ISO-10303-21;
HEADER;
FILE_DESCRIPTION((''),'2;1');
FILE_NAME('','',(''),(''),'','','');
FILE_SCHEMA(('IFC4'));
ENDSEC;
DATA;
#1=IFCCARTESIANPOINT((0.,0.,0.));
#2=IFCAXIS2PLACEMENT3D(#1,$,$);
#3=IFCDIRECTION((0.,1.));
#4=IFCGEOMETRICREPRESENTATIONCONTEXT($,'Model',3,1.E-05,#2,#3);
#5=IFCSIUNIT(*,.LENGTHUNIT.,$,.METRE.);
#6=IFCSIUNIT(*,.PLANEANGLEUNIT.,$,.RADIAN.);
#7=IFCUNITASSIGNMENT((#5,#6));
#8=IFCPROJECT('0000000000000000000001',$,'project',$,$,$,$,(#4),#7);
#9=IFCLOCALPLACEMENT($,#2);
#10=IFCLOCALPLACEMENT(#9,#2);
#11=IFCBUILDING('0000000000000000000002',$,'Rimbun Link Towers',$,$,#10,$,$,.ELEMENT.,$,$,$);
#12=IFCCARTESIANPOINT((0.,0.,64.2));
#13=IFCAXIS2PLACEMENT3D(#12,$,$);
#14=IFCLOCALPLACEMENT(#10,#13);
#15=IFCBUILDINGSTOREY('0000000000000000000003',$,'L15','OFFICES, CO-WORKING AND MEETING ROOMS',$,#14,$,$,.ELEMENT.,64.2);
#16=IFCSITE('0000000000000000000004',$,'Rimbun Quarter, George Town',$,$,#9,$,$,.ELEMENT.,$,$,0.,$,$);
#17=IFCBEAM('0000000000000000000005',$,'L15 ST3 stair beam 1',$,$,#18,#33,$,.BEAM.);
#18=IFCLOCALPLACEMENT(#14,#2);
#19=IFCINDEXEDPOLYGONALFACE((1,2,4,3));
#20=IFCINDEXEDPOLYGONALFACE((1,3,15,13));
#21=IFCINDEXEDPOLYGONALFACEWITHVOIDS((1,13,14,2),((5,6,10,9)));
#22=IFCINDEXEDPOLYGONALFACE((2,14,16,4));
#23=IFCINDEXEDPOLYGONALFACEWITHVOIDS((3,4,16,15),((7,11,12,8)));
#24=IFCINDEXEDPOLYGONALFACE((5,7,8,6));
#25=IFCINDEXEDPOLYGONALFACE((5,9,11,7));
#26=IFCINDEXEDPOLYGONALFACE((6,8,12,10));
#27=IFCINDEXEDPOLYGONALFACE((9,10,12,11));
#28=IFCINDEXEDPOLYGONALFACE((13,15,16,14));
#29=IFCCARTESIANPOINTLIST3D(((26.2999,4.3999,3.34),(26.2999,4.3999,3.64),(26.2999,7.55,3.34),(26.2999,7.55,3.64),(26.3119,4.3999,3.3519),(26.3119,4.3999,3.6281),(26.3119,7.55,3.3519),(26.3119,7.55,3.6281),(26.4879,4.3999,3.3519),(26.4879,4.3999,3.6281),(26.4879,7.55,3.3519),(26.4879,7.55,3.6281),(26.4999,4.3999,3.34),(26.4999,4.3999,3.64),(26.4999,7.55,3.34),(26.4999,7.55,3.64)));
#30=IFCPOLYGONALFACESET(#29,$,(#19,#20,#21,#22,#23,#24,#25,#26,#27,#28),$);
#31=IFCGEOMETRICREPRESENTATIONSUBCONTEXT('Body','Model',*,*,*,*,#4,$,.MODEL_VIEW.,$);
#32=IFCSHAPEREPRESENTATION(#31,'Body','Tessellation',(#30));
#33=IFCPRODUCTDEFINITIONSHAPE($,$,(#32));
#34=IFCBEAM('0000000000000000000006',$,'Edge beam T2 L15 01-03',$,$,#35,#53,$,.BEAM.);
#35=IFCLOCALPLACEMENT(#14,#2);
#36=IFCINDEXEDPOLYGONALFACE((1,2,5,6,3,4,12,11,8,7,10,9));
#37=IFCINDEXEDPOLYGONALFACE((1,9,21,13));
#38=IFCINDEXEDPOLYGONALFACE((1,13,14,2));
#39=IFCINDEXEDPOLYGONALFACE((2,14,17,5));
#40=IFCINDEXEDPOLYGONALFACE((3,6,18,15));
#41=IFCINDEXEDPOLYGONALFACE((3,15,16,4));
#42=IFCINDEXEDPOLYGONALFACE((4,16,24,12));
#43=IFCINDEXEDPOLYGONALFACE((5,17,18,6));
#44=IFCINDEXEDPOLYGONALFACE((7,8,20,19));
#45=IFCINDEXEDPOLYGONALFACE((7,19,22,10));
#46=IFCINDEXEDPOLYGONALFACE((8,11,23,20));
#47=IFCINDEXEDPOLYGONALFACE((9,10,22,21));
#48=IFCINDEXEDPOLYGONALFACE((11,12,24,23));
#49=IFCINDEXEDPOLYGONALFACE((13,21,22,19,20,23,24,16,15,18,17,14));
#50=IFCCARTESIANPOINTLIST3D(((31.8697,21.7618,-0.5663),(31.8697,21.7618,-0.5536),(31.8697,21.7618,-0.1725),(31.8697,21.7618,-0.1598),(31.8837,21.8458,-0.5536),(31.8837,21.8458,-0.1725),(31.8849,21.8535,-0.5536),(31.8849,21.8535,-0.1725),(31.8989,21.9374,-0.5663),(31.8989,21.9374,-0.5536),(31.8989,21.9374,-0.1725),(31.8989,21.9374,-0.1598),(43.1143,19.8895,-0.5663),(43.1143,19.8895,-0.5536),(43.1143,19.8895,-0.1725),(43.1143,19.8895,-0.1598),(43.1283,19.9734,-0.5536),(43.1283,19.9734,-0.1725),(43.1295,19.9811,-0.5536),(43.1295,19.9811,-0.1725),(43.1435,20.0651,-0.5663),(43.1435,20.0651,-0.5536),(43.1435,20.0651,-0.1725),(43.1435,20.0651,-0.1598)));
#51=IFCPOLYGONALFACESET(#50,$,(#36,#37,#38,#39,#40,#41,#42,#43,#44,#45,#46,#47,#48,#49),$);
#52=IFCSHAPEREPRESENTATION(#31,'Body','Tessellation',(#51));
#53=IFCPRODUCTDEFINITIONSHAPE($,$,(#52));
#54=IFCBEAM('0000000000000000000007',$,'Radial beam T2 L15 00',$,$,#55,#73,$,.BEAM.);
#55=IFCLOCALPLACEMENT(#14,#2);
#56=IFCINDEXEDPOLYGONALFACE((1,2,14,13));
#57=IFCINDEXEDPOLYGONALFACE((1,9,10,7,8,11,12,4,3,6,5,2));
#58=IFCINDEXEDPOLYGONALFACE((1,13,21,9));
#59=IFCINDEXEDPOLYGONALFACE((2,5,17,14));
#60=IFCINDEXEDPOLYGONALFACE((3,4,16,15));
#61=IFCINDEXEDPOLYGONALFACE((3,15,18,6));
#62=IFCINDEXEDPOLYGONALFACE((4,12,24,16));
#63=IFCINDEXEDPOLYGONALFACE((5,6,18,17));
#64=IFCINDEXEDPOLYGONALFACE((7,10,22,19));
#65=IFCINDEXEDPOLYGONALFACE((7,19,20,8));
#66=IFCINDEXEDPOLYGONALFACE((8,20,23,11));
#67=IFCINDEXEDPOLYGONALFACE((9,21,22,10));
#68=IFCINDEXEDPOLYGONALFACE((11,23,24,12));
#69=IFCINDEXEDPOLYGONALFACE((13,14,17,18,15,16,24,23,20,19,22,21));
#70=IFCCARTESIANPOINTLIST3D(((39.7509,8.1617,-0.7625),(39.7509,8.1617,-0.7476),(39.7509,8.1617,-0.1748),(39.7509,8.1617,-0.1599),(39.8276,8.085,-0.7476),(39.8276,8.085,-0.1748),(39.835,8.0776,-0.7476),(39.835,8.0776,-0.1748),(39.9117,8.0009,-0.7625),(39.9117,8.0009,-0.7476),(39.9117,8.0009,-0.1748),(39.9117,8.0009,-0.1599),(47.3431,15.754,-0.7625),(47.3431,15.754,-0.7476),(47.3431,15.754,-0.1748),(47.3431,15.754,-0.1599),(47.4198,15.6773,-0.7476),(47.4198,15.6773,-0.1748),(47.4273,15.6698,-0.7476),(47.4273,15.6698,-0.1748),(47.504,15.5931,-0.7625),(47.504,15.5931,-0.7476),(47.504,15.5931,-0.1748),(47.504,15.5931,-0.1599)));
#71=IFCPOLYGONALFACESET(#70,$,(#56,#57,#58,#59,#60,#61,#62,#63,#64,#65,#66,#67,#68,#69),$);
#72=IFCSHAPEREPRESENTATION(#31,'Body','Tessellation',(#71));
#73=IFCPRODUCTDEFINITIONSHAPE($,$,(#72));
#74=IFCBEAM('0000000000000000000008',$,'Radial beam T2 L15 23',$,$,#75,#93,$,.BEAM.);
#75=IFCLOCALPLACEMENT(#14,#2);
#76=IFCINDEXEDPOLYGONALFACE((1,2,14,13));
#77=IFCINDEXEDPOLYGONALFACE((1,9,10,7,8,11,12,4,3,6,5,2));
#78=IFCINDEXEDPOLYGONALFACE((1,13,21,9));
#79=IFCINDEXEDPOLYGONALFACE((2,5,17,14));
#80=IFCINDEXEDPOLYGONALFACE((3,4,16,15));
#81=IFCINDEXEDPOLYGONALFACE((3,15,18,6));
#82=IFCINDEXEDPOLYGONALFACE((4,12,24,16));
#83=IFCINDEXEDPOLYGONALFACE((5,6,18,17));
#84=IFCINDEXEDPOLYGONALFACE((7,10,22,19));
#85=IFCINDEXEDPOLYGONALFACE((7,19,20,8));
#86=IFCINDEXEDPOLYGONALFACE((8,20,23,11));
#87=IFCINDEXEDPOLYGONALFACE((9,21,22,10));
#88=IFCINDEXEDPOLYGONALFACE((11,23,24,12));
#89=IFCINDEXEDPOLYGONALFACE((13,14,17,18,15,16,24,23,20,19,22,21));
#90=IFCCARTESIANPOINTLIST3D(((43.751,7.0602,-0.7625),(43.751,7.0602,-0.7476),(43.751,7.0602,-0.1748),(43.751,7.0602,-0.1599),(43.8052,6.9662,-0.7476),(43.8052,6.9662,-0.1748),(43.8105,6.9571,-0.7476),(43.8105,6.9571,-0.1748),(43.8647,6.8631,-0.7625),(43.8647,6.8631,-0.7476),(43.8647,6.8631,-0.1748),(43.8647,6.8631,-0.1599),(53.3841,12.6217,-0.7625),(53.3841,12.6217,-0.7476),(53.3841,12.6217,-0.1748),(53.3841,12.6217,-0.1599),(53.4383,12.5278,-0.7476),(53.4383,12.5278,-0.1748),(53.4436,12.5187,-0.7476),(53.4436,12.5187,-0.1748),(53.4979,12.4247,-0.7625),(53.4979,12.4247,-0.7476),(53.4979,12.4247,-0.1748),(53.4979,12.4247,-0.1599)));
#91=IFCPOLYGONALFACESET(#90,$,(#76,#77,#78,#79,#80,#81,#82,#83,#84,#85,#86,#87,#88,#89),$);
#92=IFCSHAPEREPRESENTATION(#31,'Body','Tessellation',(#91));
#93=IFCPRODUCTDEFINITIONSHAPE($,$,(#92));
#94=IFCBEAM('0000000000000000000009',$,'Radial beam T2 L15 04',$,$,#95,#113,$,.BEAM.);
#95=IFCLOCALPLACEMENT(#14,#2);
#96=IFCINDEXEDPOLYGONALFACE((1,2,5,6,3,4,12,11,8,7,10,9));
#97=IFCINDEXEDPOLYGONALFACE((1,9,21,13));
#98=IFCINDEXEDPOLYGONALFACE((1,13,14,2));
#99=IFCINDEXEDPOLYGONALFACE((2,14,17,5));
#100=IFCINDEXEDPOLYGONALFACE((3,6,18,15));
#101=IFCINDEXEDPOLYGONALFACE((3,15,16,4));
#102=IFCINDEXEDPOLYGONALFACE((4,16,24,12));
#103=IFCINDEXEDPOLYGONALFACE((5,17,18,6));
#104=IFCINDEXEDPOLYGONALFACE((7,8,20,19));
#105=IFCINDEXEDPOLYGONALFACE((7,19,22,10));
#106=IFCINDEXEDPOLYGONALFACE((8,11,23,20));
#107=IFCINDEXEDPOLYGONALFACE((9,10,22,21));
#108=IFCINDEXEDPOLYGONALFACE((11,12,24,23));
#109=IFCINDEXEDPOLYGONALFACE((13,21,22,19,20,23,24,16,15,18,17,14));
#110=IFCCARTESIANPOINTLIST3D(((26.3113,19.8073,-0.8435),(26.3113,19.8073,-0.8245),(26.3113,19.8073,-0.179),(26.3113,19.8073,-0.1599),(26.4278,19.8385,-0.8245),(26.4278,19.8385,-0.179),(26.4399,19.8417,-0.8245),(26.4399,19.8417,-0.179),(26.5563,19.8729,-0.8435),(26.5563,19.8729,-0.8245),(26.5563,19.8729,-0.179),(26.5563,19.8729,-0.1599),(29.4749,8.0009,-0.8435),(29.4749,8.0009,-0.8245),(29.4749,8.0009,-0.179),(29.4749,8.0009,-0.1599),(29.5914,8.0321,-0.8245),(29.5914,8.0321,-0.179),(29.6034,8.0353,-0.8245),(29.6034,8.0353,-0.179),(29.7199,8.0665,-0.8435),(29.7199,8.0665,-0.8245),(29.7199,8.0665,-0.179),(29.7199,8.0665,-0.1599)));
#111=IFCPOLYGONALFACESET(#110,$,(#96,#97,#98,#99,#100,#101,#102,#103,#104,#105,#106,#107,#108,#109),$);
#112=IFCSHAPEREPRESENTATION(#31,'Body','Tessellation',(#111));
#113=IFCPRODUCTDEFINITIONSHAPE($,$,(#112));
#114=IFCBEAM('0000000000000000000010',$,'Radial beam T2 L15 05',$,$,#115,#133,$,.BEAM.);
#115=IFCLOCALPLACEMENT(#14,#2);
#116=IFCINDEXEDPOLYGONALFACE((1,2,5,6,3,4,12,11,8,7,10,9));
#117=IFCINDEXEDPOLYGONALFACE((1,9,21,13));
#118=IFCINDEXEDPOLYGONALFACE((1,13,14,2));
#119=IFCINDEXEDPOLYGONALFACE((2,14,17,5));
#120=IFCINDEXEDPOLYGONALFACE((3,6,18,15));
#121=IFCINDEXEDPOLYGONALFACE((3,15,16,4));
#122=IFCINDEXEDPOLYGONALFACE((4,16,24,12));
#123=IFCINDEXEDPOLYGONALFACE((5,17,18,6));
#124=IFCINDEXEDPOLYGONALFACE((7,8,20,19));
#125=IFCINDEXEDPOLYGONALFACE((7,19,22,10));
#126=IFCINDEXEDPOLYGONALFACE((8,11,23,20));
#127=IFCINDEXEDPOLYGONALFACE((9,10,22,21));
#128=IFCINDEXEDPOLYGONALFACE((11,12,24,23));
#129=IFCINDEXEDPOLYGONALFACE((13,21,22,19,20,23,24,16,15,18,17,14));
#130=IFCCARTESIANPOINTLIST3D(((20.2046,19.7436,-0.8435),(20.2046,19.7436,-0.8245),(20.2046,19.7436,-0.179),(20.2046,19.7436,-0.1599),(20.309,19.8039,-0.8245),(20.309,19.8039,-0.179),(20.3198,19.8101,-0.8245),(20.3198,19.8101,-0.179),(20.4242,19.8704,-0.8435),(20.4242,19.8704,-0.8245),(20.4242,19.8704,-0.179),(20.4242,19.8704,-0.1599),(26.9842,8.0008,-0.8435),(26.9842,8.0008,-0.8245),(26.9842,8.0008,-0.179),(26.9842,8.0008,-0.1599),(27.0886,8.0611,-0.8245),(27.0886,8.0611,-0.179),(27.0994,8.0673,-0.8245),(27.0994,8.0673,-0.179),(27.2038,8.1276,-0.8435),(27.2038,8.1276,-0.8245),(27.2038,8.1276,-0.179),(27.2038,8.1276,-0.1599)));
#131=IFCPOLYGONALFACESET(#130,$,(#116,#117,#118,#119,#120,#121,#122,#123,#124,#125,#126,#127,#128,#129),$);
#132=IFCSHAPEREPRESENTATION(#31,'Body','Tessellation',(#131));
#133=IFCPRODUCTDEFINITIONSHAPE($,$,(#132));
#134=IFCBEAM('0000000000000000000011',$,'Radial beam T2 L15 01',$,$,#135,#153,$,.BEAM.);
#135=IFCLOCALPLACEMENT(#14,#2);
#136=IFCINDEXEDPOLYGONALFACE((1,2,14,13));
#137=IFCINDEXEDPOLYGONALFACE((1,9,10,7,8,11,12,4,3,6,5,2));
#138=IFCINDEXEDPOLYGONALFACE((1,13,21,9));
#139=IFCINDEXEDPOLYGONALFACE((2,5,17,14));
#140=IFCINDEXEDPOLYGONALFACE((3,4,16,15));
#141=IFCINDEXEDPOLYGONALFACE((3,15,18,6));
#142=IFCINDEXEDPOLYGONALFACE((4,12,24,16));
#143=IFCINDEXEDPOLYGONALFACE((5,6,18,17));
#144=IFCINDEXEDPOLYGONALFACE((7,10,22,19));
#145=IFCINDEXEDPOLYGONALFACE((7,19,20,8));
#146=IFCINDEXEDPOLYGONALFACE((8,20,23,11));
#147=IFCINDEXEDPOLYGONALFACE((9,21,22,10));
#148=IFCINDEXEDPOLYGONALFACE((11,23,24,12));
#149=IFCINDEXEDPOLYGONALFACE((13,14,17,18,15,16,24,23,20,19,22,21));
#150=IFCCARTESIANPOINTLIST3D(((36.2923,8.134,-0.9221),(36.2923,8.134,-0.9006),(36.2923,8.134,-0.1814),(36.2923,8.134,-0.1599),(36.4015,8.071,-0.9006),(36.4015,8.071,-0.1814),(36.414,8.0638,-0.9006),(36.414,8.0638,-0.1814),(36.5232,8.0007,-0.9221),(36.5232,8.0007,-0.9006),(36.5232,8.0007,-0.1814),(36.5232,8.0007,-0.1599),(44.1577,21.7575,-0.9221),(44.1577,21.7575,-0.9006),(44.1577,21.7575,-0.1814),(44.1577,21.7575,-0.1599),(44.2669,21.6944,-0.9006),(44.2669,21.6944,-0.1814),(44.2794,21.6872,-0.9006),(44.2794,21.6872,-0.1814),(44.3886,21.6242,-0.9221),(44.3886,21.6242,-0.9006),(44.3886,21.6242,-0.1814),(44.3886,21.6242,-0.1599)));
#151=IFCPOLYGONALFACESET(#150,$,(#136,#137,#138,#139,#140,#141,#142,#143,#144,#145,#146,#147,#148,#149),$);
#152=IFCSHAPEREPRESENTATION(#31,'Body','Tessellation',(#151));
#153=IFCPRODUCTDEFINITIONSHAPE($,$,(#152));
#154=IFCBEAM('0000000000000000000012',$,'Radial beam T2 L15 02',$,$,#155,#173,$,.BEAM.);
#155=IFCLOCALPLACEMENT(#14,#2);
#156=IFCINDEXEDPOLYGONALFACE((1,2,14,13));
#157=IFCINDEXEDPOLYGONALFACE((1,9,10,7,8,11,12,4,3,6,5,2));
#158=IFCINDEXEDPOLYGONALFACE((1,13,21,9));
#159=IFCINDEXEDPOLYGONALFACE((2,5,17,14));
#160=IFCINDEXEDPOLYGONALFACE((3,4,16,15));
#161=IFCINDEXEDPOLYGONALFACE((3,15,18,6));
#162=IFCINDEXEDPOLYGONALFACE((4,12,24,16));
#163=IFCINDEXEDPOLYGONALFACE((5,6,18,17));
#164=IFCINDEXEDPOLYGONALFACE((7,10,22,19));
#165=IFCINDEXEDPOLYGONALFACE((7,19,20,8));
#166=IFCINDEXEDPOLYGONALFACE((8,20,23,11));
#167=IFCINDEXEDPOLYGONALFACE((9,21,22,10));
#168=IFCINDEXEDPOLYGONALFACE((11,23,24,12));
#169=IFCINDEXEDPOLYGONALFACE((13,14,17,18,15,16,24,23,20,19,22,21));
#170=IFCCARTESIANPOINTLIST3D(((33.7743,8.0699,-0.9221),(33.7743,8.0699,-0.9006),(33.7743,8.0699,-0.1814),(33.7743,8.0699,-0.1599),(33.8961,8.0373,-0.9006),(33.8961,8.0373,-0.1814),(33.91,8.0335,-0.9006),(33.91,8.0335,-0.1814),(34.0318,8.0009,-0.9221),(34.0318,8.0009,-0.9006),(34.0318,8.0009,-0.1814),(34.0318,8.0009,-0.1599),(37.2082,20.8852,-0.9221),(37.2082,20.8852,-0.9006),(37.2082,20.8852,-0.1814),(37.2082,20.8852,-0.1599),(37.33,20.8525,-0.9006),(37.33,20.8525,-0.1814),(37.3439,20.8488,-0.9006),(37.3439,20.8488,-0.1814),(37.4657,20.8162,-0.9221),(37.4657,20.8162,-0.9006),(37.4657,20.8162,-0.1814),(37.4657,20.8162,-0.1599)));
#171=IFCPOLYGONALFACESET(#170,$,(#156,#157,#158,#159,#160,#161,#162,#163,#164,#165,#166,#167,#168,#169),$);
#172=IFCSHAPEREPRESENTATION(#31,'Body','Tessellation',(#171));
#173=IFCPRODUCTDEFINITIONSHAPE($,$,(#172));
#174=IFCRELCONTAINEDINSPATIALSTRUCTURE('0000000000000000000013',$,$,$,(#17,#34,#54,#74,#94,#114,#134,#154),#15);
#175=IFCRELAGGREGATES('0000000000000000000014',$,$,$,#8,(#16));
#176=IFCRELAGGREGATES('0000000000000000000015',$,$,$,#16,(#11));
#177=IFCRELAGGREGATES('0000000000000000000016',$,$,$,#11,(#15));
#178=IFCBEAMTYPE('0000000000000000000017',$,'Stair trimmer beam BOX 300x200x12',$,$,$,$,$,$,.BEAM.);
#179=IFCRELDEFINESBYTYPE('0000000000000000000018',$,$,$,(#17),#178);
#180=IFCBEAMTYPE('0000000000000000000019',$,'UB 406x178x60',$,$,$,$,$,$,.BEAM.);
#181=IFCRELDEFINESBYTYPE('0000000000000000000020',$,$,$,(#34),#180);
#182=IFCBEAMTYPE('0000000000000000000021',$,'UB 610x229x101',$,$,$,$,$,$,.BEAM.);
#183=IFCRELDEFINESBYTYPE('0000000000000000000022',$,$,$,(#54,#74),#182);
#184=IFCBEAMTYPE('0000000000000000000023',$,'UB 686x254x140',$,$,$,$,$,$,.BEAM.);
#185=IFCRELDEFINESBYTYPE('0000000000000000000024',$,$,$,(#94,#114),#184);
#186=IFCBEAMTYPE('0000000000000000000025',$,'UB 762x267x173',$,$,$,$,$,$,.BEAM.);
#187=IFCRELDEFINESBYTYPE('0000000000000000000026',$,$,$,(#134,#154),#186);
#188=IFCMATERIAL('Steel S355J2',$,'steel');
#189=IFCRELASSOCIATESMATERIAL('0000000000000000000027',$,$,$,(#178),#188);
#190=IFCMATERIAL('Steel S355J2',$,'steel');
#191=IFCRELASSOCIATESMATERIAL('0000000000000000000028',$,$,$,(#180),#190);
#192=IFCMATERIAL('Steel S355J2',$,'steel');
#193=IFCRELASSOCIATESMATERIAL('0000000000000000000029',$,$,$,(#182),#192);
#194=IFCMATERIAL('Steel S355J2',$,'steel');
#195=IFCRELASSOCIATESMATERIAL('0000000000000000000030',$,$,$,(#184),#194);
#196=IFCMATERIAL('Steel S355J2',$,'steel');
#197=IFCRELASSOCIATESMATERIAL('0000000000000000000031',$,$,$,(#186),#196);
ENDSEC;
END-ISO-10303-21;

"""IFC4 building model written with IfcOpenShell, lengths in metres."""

from ifc_helpers import new_model, si_unit, direction, frame, origin, origin_2d, place, context, subcontext, project, spatial, hollow_rectangle, i_section, extrude, material, material_profile, profile_set, type_object, element, save


model = new_model("IFC4")

# Units and contexts
model_context = context("Model", 3, precision=1e-05, world=origin(), true_north=direction((0.0, 1.0)))
body_context = subcontext(model_context, "Body", "Model", "MODEL_VIEW")
ifc_project = project(units=[si_unit("LENGTHUNIT", "METRE"), si_unit("PLANEANGLEUNIT", "RADIAN")], contexts=[model_context])

# Site, building, storey
site_placement = place(None, origin())
site = spatial("IfcSite", under=ifc_project, at=site_placement, Name="Rimbun Quarter, George Town", CompositionType="ELEMENT", RefElevation=0.0)
building_placement = place(site_placement, origin())
building = spatial("IfcBuilding", under=site, at=building_placement, Name="Rimbun Link Towers", CompositionType="ELEMENT")
storey_placement = place(building_placement, frame((0.0, 0.0, 64.2)))
storey = spatial("IfcBuildingStorey", under=building, at=storey_placement, Name="L15", Description="OFFICES, CO-WORKING AND MEETING ROOMS", CompositionType="ELEMENT", Elevation=64.2)

# Beams
ifc_material_1 = material(Name="Steel S355J2", Category="steel")
ifc_material_profile_1 = material_profile(ifc_material_1, hollow_rectangle(XDim=0.2, YDim=0.3, WallThickness=0.012, at=origin_2d()), Name="BOX 300x200x12")
ifc_profile_set_1 = profile_set([ifc_material_profile_1], Name="Steel S355J2")
beam_type_1 = type_object("IfcBeamType", Name="Stair trimmer beam BOX 300x200x12", PredefinedType="BEAM", material=ifc_profile_set_1)
beam_1_placement = place(storey_placement, frame((26.3999, 7.55, 3.49), z_axis=(0.0, -1.0, 0.0), x_axis=(1.0, 0.0, 0.0)))
element("IfcBeam", 1, at=beam_1_placement, inside=storey, type_object=beam_type_1, Name="L15 ST3 stair beam 1", PredefinedType="BEAM", context=body_context, shape_type="SweptSolid", body=[
    extrude(hollow_rectangle(XDim=0.2, YDim=0.3, WallThickness=0.012, at=origin_2d()), origin(), (0.0, 0.0, 1.0), 3.1501),
])
ifc_material_2 = material(Name="Steel S355J2", Category="steel")
ifc_material_profile_2 = material_profile(ifc_material_2, i_section(OverallWidth=0.178, OverallDepth=0.4065, WebThickness=0.0078, FlangeThickness=0.0127, at=origin_2d()), Name="UB 406x178x60")
ifc_profile_set_2 = profile_set([ifc_material_profile_2], Name="Steel S355J2")
beam_type_2 = type_object("IfcBeamType", Name="UB 406x178x60", PredefinedType="BEAM", material=ifc_profile_set_2)
beam_2_placement = place(storey_placement, frame((43.1289, 19.9773, -0.363), z_axis=(-0.986419, 0.164246, 0.0), x_axis=(-0.164246, -0.986419, 0.0)))
element("IfcBeam", 2, at=beam_2_placement, inside=storey, type_object=beam_type_2, Name="Edge beam T2 L15 01-03", PredefinedType="BEAM", context=body_context, shape_type="SweptSolid", body=[
    extrude(i_section(OverallWidth=0.178, OverallDepth=0.4065, WebThickness=0.0078, FlangeThickness=0.0127, at=origin_2d()), origin(), (0.0, 0.0, 1.0), 11.3994),
])
ifc_material_3 = material(Name="Steel S355J2", Category="steel")
ifc_material_profile_3 = material_profile(ifc_material_3, i_section(OverallWidth=0.2275, OverallDepth=0.6025, WebThickness=0.0105, FlangeThickness=0.0149, at=origin_2d()), Name="UB 610x229x101")
ifc_profile_set_3 = profile_set([ifc_material_profile_3], Name="Steel S355J2")
beam_type_3 = type_object("IfcBeamType", Name="UB 610x229x101", PredefinedType="BEAM", material=ifc_profile_set_3)
beam_3_placement = place(storey_placement, frame((39.8313, 8.0813, -0.4612), z_axis=(0.707107, 0.707107, 0.0), x_axis=(-0.707107, 0.707107, 0.0)))
element("IfcBeam", 3, at=beam_3_placement, inside=storey, type_object=beam_type_3, Name="Radial beam T2 L15 00", PredefinedType="BEAM", context=body_context, shape_type="SweptSolid", body=[
    extrude(i_section(OverallWidth=0.2275, OverallDepth=0.6025, WebThickness=0.0105, FlangeThickness=0.0149, at=origin_2d()), origin(), (0.0, 0.0, 1.0), 10.7371),
])
beam_4_placement = place(storey_placement, frame((43.8079, 6.9617, -0.4612), z_axis=(0.86603, 0.499992, 0.0), x_axis=(-0.499992, 0.86603, 0.0)))
element("IfcBeam", 4, at=beam_4_placement, inside=storey, type_object=beam_type_3, Name="Radial beam T2 L15 23", PredefinedType="BEAM", context=body_context, shape_type="SweptSolid", body=[
    extrude(i_section(OverallWidth=0.2275, OverallDepth=0.6025, WebThickness=0.0105, FlangeThickness=0.0149, at=origin_2d()), origin(), (0.0, 0.0, 1.0), 11.1233),
])
ifc_material_4 = material(Name="Steel S355J2", Category="steel")
ifc_material_profile_4 = material_profile(ifc_material_4, i_section(OverallWidth=0.2537, OverallDepth=0.6836, WebThickness=0.0125, FlangeThickness=0.019, at=origin_2d()), Name="UB 686x254x140")
ifc_profile_set_4 = profile_set([ifc_material_profile_4], Name="Steel S355J2")
beam_type_4 = type_object("IfcBeamType", Name="UB 686x254x140", PredefinedType="BEAM", material=ifc_profile_set_4)
beam_5_placement = place(storey_placement, frame((29.5974, 8.0337, -0.5017), z_axis=(-0.258824, 0.965925, 0.0), x_axis=(-0.965925, -0.258824, 0.0)))
element("IfcBeam", 5, at=beam_5_placement, inside=storey, type_object=beam_type_4, Name="Radial beam T2 L15 04", PredefinedType="BEAM", context=body_context, shape_type="SweptSolid", body=[
    extrude(i_section(OverallWidth=0.2537, OverallDepth=0.6836, WebThickness=0.0125, FlangeThickness=0.019, at=origin_2d()), origin(), (0.0, 0.0, 1.0), 12.2229),
])
beam_6_placement = place(storey_placement, frame((27.094, 8.0642, -0.5017), z_axis=(-0.499995, 0.866028, 0.0), x_axis=(-0.866028, -0.499995, 0.0)))
element("IfcBeam", 6, at=beam_6_placement, inside=storey, type_object=beam_type_4, Name="Radial beam T2 L15 05", PredefinedType="BEAM", context=body_context, shape_type="SweptSolid", body=[
    extrude(i_section(OverallWidth=0.2537, OverallDepth=0.6836, WebThickness=0.0125, FlangeThickness=0.019, at=origin_2d()), origin(), (0.0, 0.0, 1.0), 13.5593),
])
ifc_material_5 = material(Name="Steel S355J2", Category="steel")
ifc_material_profile_5 = material_profile(ifc_material_5, i_section(OverallWidth=0.2666, OverallDepth=0.7622, WebThickness=0.0144, FlangeThickness=0.0215, at=origin_2d()), Name="UB 762x267x173")
ifc_profile_set_5 = profile_set([ifc_material_profile_5], Name="Steel S355J2")
beam_type_5 = type_object("IfcBeamType", Name="UB 762x267x173", PredefinedType="BEAM", material=ifc_profile_set_5)
beam_7_placement = place(storey_placement, frame((36.4077, 8.0674, -0.541), z_axis=(0.499997, 0.866027, 0.0), x_axis=(-0.866027, 0.499997, 0.0)))
element("IfcBeam", 7, at=beam_7_placement, inside=storey, type_object=beam_type_5, Name="Radial beam T2 L15 01", PredefinedType="BEAM", context=body_context, shape_type="SweptSolid", body=[
    extrude(i_section(OverallWidth=0.2666, OverallDepth=0.7622, WebThickness=0.0144, FlangeThickness=0.0215, at=origin_2d()), origin(), (0.0, 0.0, 1.0), 15.731),
])
beam_8_placement = place(storey_placement, frame((33.9031, 8.0354, -0.541), z_axis=(0.25882, 0.965925, 0.0), x_axis=(-0.965925, 0.25882, 0.0)))
element("IfcBeam", 8, at=beam_8_placement, inside=storey, type_object=beam_type_5, Name="Radial beam T2 L15 02", PredefinedType="BEAM", context=body_context, shape_type="SweptSolid", body=[
    extrude(i_section(OverallWidth=0.2666, OverallDepth=0.7622, WebThickness=0.0144, FlangeThickness=0.0215, at=origin_2d()), origin(), (0.0, 0.0, 1.0), 13.2673),
])

save(model, "model.ifc")
